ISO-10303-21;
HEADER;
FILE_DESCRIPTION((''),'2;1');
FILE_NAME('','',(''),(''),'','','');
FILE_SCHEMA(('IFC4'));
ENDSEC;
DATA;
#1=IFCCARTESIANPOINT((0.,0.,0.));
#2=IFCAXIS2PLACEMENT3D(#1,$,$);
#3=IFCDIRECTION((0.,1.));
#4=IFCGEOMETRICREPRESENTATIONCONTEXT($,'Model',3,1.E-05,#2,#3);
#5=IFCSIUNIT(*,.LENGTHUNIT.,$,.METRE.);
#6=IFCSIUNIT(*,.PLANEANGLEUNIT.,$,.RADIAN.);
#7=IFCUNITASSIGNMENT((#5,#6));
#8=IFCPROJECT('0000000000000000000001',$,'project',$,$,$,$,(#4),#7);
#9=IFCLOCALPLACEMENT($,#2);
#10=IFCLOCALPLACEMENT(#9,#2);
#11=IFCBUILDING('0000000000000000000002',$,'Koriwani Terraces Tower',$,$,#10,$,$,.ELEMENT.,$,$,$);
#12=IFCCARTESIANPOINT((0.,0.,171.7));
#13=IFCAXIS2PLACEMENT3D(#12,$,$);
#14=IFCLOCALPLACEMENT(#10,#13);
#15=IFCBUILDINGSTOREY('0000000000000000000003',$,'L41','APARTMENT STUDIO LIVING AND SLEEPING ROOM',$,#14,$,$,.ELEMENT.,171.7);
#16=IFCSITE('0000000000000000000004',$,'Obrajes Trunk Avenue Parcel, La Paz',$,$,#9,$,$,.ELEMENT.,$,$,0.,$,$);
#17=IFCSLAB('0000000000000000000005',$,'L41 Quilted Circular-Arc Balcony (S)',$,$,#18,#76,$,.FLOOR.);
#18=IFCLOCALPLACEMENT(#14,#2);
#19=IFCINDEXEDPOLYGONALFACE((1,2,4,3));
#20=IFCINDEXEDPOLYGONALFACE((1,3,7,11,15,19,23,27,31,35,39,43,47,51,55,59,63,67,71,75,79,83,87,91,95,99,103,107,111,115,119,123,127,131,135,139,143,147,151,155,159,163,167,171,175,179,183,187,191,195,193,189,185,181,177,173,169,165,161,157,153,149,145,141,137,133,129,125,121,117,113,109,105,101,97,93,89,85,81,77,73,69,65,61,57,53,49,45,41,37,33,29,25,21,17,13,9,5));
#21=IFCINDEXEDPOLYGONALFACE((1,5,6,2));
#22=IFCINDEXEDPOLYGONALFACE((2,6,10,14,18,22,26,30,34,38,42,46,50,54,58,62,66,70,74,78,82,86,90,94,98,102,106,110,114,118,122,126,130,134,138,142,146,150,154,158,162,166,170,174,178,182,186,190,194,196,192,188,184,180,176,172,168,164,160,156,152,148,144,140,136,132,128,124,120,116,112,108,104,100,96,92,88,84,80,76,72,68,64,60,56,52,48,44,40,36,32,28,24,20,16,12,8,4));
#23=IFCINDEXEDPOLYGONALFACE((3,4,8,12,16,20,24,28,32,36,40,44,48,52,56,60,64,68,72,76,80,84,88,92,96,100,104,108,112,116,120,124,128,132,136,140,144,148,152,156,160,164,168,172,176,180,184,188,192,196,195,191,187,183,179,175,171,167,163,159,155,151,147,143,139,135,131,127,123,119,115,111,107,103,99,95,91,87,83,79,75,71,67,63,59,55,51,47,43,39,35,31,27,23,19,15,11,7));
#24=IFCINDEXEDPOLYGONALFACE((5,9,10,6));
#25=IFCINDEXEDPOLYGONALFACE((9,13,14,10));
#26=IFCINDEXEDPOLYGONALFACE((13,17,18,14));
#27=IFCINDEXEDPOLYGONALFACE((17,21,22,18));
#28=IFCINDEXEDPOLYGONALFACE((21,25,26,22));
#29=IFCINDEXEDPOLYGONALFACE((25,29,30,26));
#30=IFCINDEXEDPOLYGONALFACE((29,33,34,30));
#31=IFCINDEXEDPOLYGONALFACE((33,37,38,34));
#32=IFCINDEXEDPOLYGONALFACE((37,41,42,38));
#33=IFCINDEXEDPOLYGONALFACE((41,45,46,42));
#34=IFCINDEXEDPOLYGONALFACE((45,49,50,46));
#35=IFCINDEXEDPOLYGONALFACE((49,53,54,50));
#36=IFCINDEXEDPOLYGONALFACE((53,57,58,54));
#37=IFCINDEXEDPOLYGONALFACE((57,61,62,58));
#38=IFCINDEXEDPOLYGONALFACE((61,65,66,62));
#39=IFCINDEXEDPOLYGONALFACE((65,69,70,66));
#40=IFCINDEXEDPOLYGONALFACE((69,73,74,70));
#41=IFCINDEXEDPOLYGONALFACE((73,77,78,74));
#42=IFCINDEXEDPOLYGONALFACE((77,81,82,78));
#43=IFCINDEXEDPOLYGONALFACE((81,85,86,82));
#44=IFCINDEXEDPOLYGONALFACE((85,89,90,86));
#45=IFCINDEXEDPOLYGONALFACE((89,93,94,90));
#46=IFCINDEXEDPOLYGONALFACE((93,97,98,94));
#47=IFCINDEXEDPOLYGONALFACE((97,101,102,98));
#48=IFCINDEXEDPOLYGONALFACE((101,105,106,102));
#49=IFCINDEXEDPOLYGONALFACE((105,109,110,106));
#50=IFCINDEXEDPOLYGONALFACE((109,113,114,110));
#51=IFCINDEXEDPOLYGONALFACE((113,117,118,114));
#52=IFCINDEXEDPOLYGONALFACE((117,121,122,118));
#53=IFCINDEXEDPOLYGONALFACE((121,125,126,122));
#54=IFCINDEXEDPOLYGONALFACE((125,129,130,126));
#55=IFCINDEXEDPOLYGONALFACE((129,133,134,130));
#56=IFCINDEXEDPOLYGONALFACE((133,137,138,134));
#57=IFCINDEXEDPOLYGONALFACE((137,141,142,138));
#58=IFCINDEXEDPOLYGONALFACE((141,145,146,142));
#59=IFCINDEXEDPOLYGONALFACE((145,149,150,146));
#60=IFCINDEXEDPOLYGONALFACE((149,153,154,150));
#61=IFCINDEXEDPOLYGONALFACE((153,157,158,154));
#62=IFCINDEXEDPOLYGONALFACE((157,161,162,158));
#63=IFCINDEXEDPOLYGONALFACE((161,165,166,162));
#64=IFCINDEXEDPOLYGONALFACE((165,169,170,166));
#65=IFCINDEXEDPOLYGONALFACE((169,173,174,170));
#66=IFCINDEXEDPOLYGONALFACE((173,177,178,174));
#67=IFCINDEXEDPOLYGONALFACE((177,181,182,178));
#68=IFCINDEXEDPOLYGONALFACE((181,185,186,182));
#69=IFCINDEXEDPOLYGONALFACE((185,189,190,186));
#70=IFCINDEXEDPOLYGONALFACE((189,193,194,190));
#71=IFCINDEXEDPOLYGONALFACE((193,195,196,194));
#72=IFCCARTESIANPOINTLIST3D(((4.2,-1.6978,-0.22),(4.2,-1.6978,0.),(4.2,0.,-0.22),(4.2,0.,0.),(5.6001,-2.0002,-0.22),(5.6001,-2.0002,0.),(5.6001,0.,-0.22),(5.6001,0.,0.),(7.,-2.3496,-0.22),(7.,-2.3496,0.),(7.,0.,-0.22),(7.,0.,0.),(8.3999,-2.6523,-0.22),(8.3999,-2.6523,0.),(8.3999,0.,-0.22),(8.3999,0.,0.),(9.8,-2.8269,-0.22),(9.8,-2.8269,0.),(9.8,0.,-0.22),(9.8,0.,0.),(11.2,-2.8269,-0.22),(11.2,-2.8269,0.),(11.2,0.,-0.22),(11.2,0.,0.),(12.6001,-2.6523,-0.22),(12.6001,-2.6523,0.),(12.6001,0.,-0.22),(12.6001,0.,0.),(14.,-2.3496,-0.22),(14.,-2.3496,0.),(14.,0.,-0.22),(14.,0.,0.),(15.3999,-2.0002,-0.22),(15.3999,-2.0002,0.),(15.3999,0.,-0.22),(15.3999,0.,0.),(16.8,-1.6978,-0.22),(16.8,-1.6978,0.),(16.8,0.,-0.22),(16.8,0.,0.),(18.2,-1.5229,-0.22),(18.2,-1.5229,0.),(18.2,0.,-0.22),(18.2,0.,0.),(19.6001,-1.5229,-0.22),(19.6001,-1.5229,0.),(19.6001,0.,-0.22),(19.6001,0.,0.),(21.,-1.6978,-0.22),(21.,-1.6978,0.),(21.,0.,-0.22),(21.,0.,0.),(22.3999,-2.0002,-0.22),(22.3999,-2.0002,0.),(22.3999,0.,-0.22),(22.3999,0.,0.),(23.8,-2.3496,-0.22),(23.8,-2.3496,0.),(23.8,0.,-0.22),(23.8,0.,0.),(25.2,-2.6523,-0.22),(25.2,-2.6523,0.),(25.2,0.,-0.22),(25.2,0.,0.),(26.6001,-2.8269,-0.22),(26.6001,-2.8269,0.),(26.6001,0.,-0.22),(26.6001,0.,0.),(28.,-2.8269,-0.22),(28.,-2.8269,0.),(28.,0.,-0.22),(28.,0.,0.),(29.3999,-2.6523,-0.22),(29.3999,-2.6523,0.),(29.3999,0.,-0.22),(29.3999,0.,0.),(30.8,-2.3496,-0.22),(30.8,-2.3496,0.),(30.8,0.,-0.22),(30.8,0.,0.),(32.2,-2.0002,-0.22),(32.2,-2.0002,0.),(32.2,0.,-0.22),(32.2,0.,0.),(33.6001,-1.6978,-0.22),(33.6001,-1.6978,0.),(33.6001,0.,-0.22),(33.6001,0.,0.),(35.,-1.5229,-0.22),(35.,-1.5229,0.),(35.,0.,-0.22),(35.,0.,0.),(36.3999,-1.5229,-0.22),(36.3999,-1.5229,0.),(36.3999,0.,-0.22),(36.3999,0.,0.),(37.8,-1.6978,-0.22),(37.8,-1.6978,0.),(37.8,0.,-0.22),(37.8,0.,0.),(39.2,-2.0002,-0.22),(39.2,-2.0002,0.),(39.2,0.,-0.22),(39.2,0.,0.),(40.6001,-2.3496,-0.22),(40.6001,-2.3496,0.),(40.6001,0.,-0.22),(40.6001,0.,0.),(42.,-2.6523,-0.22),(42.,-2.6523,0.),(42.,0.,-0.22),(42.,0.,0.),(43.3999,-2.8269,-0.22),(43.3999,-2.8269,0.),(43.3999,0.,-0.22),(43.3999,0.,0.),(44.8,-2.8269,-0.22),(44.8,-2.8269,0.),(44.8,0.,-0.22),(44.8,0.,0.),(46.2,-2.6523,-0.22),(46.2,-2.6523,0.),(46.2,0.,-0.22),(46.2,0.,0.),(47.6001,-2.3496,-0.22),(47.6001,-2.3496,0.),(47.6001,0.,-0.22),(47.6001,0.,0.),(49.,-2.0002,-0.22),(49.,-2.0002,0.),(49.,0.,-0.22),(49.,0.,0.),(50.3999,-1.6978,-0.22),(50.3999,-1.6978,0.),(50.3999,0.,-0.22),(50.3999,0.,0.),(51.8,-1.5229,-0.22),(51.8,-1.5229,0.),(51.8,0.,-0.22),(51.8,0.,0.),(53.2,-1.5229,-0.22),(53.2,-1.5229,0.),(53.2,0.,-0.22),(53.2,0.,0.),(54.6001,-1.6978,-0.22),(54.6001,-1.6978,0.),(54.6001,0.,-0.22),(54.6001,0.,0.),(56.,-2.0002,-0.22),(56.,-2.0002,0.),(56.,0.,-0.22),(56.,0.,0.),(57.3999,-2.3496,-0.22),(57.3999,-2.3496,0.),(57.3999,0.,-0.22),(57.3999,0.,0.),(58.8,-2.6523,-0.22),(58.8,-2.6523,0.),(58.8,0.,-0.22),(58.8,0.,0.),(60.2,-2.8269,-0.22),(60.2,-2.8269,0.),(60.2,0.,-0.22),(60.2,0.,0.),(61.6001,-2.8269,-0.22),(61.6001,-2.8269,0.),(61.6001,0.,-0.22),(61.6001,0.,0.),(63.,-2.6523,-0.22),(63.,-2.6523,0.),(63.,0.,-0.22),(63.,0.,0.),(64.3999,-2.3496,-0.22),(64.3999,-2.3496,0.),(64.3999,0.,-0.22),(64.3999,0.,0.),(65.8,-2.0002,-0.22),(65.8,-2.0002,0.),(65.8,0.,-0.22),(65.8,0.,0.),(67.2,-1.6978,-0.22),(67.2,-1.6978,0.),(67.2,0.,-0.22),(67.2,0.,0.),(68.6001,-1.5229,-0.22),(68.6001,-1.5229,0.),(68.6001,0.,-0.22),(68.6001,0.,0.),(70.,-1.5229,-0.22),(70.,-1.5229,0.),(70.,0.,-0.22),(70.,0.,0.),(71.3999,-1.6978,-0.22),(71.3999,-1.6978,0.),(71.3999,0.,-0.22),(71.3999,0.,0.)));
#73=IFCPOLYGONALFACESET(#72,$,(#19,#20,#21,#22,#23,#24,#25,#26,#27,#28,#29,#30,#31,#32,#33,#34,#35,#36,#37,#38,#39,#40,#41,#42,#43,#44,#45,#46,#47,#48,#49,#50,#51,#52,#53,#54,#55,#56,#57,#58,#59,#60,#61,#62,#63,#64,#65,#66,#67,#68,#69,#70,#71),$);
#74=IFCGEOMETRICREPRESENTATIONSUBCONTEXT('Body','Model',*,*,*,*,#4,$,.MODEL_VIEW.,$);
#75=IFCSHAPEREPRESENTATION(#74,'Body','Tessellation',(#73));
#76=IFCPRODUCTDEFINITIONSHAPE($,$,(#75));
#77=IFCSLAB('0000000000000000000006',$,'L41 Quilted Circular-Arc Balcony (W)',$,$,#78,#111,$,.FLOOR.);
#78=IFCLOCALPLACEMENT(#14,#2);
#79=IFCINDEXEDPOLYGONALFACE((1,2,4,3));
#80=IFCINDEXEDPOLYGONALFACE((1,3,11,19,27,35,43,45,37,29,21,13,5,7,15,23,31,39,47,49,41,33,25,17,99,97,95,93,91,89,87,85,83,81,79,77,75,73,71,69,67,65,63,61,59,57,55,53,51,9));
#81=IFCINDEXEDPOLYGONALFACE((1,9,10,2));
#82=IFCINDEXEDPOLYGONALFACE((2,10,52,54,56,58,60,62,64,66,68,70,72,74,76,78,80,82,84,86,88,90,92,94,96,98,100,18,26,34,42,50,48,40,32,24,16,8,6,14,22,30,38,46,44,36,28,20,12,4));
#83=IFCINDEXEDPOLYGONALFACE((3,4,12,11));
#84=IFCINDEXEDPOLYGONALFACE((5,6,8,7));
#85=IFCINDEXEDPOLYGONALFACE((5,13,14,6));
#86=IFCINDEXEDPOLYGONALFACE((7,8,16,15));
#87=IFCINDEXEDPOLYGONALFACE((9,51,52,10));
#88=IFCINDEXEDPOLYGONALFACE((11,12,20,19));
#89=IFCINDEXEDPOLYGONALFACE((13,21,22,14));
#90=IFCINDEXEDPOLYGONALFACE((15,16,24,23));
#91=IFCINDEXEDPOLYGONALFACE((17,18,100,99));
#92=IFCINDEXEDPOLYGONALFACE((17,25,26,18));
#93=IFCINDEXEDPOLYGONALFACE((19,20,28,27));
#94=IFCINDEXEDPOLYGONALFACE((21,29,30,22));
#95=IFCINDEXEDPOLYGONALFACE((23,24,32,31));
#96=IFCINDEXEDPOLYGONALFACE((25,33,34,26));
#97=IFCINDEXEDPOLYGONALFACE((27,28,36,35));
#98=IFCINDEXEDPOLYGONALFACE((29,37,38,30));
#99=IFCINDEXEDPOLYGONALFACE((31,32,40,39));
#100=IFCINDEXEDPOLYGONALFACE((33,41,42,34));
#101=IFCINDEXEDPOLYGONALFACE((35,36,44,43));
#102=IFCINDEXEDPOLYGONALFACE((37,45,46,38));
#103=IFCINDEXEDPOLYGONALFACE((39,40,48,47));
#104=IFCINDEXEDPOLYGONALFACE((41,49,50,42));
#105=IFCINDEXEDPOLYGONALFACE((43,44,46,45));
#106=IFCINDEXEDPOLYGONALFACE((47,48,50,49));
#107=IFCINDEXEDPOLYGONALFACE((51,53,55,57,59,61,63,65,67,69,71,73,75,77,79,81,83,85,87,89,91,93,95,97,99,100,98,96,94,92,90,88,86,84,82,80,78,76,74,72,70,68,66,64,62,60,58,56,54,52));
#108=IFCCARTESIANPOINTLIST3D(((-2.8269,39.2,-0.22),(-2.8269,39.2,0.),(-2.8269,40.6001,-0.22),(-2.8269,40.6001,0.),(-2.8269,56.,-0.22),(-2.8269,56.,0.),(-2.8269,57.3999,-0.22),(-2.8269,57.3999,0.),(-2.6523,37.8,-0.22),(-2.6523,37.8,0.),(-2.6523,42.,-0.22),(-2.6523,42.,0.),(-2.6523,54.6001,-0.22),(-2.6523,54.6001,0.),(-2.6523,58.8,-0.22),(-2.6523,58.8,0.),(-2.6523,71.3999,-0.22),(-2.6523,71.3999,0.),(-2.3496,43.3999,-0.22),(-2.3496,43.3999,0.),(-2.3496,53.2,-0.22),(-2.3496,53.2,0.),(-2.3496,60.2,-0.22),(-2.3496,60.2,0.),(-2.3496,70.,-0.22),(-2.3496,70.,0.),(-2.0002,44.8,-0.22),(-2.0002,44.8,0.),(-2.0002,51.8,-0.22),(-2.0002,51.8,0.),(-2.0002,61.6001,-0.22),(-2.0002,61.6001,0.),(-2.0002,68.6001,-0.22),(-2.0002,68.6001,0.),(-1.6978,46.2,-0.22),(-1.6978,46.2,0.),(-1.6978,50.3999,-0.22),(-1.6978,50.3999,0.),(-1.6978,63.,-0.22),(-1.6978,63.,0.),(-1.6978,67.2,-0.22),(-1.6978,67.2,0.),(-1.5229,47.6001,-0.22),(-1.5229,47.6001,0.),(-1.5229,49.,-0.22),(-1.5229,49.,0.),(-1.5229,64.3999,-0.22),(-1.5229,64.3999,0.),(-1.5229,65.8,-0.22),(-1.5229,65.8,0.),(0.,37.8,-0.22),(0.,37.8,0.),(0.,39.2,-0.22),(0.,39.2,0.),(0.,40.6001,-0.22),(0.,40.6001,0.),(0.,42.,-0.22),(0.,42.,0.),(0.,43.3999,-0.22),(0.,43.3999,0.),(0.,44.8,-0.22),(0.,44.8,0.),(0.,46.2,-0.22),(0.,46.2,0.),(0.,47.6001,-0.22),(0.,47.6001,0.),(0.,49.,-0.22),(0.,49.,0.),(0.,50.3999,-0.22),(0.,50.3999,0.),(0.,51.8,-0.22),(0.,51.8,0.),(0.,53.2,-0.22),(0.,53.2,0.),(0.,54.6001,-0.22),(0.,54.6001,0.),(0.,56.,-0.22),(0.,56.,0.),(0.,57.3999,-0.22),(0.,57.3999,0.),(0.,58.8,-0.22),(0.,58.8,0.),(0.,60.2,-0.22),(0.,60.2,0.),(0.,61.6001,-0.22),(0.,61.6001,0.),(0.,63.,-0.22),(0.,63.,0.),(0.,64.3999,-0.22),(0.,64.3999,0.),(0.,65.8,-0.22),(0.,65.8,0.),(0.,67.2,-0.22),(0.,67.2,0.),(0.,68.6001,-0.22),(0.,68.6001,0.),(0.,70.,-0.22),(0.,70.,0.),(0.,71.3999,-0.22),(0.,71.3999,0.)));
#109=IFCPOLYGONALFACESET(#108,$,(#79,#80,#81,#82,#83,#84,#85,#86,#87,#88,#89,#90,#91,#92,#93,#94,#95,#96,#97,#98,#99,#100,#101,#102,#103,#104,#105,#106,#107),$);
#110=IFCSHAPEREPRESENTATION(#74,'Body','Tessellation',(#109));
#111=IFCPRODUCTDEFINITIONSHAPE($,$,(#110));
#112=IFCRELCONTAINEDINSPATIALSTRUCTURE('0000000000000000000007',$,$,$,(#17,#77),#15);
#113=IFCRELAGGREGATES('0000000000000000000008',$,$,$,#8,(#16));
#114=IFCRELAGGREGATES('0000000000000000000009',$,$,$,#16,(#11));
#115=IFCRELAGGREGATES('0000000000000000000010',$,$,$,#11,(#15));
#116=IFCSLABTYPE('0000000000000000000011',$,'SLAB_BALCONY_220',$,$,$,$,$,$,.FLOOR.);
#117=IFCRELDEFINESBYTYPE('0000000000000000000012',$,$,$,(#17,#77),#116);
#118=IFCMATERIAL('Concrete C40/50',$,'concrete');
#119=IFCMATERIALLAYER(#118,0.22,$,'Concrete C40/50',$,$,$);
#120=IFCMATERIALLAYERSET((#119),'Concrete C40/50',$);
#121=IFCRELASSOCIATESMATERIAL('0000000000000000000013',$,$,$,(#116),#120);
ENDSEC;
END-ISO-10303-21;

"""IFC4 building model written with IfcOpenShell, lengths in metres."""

from ifc_helpers import new_model, si_unit, direction, frame, origin, place, context, subcontext, project, spatial, polyline, outline, extrude, material, layer, layer_set, type_object, element, save


model = new_model("IFC4")

# Units and contexts
model_context = context("Model", 3, precision=1e-05, world=origin(), true_north=direction((0.0, 1.0)))
body_context = subcontext(model_context, "Body", "Model", "MODEL_VIEW")
ifc_project = project(units=[si_unit("LENGTHUNIT", "METRE"), si_unit("PLANEANGLEUNIT", "RADIAN")], contexts=[model_context])

# Site, building, storey
site_placement = place(None, origin())
site = spatial("IfcSite", under=ifc_project, at=site_placement, Name="Obrajes Trunk Avenue Parcel, La Paz", CompositionType="ELEMENT", RefElevation=0.0)
building_placement = place(site_placement, origin())
building = spatial("IfcBuilding", under=site, at=building_placement, Name="Koriwani Terraces Tower", CompositionType="ELEMENT")
storey_placement = place(building_placement, frame((0.0, 0.0, 171.7)))
storey = spatial("IfcBuildingStorey", under=building, at=storey_placement, Name="L41", Description="APARTMENT STUDIO LIVING AND SLEEPING ROOM", CompositionType="ELEMENT", Elevation=171.7)

# Shared definitions
ifc_material_1 = material(Name="Concrete C40/50", Category="concrete")

# Slabs
ifc_layer_1 = layer(ifc_material_1, 0.22, Name="Concrete C40/50")
ifc_layer_set_1 = layer_set([ifc_layer_1], Name="Concrete C40/50")
slab_type_1 = type_object("IfcSlabType", Name="SLAB_BALCONY_220", PredefinedType="FLOOR", material=ifc_layer_set_1)
slab_1_placement = place(storey_placement, frame((0.0, 0.0, -0.22)))
element("IfcSlab", 1, at=slab_1_placement, inside=storey, type_object=slab_type_1, Name="L41 Quilted Circular-Arc Balcony (S)", PredefinedType="FLOOR", context=body_context, shape_type="SweptSolid", body=[
    extrude(outline(polyline([(4.2, 0.0), (5.6001, 0.0), (7.0, 0.0), (8.3999, 0.0), (9.8, 0.0), (11.2, 0.0), (12.6001, 0.0), (14.0, 0.0), (15.3999, 0.0), (16.8, 0.0), (18.2, 0.0), (19.6001, 0.0), (21.0, 0.0), (22.3999, 0.0), (23.8, 0.0), (25.2, 0.0), (26.6001, 0.0), (28.0, 0.0), (29.3999, 0.0), (30.8, 0.0), (32.2, 0.0), (33.6001, 0.0), (35.0, 0.0), (36.3999, 0.0), (37.8, 0.0), (39.2, 0.0), (40.6001, 0.0), (42.0, 0.0), (43.3999, 0.0), (44.8, 0.0), (46.2, 0.0), (47.6001, 0.0), (49.0, 0.0), (50.3999, 0.0), (51.8, 0.0), (53.2, 0.0), (54.6001, 0.0), (56.0, 0.0), (57.3999, 0.0), (58.8, 0.0), (60.2, 0.0), (61.6001, 0.0), (63.0, 0.0), (64.3999, 0.0), (65.8, 0.0), (67.2, 0.0), (68.6001, 0.0), (70.0, 0.0), (71.3999, 0.0), (71.3999, -1.6978), (70.0, -1.5229), (68.6001, -1.5229), (67.2, -1.6978), (65.8, -2.0002), (64.3999, -2.3496), (63.0, -2.6523), (61.6001, -2.8269), (60.2, -2.8269), (58.8, -2.6523), (57.3999, -2.3496), (56.0, -2.0002), (54.6001, -1.6978), (53.2, -1.5229), (51.8, -1.5229), (50.3999, -1.6978), (49.0, -2.0002), (47.6001, -2.3496), (46.2, -2.6523), (44.8, -2.8269), (43.3999, -2.8269), (42.0, -2.6523), (40.6001, -2.3496), (39.2, -2.0002), (37.8, -1.6978), (36.3999, -1.5229), (35.0, -1.5229), (33.6001, -1.6978), (32.2, -2.0002), (30.8, -2.3496), (29.3999, -2.6523), (28.0, -2.8269), (26.6001, -2.8269), (25.2, -2.6523), (23.8, -2.3496), (22.3999, -2.0002), (21.0, -1.6978), (19.6001, -1.5229), (18.2, -1.5229), (16.8, -1.6978), (15.3999, -2.0002), (14.0, -2.3496), (12.6001, -2.6523), (11.2, -2.8269), (9.8, -2.8269), (8.3999, -2.6523), (7.0, -2.3496), (5.6001, -2.0002), (4.2, -1.6978), (4.2, 0.0)])), origin(), (0.0, 0.0, 1.0), 0.22),
])
slab_2_placement = place(storey_placement, frame((0.0, 0.0, -0.22)))
element("IfcSlab", 2, at=slab_2_placement, inside=storey, type_object=slab_type_1, Name="L41 Quilted Circular-Arc Balcony (W)", PredefinedType="FLOOR", context=body_context, shape_type="SweptSolid", body=[
    extrude(outline(polyline([(0.0, 37.8), (0.0, 39.2), (0.0, 40.6001), (0.0, 42.0), (0.0, 43.3999), (0.0, 44.8), (0.0, 46.2), (0.0, 47.6001), (0.0, 49.0), (0.0, 50.3999), (0.0, 51.8), (0.0, 53.2), (0.0, 54.6001), (0.0, 56.0), (0.0, 57.3999), (0.0, 58.8), (0.0, 60.2), (0.0, 61.6001), (0.0, 63.0), (0.0, 64.3999), (0.0, 65.8), (0.0, 67.2), (0.0, 68.6001), (0.0, 70.0), (0.0, 71.3999), (-2.6523, 71.3999), (-2.3496, 70.0), (-2.0002, 68.6001), (-1.6978, 67.2), (-1.5229, 65.8), (-1.5229, 64.3999), (-1.6978, 63.0), (-2.0002, 61.6001), (-2.3496, 60.2), (-2.6523, 58.8), (-2.8269, 57.3999), (-2.8269, 56.0), (-2.6523, 54.6001), (-2.3496, 53.2), (-2.0002, 51.8), (-1.6978, 50.3999), (-1.5229, 49.0), (-1.5229, 47.6001), (-1.6978, 46.2), (-2.0002, 44.8), (-2.3496, 43.3999), (-2.6523, 42.0), (-2.8269, 40.6001), (-2.8269, 39.2), (-2.6523, 37.8), (0.0, 37.8)])), origin(), (0.0, 0.0, 1.0), 0.22),
])

save(model, "model.ifc")
